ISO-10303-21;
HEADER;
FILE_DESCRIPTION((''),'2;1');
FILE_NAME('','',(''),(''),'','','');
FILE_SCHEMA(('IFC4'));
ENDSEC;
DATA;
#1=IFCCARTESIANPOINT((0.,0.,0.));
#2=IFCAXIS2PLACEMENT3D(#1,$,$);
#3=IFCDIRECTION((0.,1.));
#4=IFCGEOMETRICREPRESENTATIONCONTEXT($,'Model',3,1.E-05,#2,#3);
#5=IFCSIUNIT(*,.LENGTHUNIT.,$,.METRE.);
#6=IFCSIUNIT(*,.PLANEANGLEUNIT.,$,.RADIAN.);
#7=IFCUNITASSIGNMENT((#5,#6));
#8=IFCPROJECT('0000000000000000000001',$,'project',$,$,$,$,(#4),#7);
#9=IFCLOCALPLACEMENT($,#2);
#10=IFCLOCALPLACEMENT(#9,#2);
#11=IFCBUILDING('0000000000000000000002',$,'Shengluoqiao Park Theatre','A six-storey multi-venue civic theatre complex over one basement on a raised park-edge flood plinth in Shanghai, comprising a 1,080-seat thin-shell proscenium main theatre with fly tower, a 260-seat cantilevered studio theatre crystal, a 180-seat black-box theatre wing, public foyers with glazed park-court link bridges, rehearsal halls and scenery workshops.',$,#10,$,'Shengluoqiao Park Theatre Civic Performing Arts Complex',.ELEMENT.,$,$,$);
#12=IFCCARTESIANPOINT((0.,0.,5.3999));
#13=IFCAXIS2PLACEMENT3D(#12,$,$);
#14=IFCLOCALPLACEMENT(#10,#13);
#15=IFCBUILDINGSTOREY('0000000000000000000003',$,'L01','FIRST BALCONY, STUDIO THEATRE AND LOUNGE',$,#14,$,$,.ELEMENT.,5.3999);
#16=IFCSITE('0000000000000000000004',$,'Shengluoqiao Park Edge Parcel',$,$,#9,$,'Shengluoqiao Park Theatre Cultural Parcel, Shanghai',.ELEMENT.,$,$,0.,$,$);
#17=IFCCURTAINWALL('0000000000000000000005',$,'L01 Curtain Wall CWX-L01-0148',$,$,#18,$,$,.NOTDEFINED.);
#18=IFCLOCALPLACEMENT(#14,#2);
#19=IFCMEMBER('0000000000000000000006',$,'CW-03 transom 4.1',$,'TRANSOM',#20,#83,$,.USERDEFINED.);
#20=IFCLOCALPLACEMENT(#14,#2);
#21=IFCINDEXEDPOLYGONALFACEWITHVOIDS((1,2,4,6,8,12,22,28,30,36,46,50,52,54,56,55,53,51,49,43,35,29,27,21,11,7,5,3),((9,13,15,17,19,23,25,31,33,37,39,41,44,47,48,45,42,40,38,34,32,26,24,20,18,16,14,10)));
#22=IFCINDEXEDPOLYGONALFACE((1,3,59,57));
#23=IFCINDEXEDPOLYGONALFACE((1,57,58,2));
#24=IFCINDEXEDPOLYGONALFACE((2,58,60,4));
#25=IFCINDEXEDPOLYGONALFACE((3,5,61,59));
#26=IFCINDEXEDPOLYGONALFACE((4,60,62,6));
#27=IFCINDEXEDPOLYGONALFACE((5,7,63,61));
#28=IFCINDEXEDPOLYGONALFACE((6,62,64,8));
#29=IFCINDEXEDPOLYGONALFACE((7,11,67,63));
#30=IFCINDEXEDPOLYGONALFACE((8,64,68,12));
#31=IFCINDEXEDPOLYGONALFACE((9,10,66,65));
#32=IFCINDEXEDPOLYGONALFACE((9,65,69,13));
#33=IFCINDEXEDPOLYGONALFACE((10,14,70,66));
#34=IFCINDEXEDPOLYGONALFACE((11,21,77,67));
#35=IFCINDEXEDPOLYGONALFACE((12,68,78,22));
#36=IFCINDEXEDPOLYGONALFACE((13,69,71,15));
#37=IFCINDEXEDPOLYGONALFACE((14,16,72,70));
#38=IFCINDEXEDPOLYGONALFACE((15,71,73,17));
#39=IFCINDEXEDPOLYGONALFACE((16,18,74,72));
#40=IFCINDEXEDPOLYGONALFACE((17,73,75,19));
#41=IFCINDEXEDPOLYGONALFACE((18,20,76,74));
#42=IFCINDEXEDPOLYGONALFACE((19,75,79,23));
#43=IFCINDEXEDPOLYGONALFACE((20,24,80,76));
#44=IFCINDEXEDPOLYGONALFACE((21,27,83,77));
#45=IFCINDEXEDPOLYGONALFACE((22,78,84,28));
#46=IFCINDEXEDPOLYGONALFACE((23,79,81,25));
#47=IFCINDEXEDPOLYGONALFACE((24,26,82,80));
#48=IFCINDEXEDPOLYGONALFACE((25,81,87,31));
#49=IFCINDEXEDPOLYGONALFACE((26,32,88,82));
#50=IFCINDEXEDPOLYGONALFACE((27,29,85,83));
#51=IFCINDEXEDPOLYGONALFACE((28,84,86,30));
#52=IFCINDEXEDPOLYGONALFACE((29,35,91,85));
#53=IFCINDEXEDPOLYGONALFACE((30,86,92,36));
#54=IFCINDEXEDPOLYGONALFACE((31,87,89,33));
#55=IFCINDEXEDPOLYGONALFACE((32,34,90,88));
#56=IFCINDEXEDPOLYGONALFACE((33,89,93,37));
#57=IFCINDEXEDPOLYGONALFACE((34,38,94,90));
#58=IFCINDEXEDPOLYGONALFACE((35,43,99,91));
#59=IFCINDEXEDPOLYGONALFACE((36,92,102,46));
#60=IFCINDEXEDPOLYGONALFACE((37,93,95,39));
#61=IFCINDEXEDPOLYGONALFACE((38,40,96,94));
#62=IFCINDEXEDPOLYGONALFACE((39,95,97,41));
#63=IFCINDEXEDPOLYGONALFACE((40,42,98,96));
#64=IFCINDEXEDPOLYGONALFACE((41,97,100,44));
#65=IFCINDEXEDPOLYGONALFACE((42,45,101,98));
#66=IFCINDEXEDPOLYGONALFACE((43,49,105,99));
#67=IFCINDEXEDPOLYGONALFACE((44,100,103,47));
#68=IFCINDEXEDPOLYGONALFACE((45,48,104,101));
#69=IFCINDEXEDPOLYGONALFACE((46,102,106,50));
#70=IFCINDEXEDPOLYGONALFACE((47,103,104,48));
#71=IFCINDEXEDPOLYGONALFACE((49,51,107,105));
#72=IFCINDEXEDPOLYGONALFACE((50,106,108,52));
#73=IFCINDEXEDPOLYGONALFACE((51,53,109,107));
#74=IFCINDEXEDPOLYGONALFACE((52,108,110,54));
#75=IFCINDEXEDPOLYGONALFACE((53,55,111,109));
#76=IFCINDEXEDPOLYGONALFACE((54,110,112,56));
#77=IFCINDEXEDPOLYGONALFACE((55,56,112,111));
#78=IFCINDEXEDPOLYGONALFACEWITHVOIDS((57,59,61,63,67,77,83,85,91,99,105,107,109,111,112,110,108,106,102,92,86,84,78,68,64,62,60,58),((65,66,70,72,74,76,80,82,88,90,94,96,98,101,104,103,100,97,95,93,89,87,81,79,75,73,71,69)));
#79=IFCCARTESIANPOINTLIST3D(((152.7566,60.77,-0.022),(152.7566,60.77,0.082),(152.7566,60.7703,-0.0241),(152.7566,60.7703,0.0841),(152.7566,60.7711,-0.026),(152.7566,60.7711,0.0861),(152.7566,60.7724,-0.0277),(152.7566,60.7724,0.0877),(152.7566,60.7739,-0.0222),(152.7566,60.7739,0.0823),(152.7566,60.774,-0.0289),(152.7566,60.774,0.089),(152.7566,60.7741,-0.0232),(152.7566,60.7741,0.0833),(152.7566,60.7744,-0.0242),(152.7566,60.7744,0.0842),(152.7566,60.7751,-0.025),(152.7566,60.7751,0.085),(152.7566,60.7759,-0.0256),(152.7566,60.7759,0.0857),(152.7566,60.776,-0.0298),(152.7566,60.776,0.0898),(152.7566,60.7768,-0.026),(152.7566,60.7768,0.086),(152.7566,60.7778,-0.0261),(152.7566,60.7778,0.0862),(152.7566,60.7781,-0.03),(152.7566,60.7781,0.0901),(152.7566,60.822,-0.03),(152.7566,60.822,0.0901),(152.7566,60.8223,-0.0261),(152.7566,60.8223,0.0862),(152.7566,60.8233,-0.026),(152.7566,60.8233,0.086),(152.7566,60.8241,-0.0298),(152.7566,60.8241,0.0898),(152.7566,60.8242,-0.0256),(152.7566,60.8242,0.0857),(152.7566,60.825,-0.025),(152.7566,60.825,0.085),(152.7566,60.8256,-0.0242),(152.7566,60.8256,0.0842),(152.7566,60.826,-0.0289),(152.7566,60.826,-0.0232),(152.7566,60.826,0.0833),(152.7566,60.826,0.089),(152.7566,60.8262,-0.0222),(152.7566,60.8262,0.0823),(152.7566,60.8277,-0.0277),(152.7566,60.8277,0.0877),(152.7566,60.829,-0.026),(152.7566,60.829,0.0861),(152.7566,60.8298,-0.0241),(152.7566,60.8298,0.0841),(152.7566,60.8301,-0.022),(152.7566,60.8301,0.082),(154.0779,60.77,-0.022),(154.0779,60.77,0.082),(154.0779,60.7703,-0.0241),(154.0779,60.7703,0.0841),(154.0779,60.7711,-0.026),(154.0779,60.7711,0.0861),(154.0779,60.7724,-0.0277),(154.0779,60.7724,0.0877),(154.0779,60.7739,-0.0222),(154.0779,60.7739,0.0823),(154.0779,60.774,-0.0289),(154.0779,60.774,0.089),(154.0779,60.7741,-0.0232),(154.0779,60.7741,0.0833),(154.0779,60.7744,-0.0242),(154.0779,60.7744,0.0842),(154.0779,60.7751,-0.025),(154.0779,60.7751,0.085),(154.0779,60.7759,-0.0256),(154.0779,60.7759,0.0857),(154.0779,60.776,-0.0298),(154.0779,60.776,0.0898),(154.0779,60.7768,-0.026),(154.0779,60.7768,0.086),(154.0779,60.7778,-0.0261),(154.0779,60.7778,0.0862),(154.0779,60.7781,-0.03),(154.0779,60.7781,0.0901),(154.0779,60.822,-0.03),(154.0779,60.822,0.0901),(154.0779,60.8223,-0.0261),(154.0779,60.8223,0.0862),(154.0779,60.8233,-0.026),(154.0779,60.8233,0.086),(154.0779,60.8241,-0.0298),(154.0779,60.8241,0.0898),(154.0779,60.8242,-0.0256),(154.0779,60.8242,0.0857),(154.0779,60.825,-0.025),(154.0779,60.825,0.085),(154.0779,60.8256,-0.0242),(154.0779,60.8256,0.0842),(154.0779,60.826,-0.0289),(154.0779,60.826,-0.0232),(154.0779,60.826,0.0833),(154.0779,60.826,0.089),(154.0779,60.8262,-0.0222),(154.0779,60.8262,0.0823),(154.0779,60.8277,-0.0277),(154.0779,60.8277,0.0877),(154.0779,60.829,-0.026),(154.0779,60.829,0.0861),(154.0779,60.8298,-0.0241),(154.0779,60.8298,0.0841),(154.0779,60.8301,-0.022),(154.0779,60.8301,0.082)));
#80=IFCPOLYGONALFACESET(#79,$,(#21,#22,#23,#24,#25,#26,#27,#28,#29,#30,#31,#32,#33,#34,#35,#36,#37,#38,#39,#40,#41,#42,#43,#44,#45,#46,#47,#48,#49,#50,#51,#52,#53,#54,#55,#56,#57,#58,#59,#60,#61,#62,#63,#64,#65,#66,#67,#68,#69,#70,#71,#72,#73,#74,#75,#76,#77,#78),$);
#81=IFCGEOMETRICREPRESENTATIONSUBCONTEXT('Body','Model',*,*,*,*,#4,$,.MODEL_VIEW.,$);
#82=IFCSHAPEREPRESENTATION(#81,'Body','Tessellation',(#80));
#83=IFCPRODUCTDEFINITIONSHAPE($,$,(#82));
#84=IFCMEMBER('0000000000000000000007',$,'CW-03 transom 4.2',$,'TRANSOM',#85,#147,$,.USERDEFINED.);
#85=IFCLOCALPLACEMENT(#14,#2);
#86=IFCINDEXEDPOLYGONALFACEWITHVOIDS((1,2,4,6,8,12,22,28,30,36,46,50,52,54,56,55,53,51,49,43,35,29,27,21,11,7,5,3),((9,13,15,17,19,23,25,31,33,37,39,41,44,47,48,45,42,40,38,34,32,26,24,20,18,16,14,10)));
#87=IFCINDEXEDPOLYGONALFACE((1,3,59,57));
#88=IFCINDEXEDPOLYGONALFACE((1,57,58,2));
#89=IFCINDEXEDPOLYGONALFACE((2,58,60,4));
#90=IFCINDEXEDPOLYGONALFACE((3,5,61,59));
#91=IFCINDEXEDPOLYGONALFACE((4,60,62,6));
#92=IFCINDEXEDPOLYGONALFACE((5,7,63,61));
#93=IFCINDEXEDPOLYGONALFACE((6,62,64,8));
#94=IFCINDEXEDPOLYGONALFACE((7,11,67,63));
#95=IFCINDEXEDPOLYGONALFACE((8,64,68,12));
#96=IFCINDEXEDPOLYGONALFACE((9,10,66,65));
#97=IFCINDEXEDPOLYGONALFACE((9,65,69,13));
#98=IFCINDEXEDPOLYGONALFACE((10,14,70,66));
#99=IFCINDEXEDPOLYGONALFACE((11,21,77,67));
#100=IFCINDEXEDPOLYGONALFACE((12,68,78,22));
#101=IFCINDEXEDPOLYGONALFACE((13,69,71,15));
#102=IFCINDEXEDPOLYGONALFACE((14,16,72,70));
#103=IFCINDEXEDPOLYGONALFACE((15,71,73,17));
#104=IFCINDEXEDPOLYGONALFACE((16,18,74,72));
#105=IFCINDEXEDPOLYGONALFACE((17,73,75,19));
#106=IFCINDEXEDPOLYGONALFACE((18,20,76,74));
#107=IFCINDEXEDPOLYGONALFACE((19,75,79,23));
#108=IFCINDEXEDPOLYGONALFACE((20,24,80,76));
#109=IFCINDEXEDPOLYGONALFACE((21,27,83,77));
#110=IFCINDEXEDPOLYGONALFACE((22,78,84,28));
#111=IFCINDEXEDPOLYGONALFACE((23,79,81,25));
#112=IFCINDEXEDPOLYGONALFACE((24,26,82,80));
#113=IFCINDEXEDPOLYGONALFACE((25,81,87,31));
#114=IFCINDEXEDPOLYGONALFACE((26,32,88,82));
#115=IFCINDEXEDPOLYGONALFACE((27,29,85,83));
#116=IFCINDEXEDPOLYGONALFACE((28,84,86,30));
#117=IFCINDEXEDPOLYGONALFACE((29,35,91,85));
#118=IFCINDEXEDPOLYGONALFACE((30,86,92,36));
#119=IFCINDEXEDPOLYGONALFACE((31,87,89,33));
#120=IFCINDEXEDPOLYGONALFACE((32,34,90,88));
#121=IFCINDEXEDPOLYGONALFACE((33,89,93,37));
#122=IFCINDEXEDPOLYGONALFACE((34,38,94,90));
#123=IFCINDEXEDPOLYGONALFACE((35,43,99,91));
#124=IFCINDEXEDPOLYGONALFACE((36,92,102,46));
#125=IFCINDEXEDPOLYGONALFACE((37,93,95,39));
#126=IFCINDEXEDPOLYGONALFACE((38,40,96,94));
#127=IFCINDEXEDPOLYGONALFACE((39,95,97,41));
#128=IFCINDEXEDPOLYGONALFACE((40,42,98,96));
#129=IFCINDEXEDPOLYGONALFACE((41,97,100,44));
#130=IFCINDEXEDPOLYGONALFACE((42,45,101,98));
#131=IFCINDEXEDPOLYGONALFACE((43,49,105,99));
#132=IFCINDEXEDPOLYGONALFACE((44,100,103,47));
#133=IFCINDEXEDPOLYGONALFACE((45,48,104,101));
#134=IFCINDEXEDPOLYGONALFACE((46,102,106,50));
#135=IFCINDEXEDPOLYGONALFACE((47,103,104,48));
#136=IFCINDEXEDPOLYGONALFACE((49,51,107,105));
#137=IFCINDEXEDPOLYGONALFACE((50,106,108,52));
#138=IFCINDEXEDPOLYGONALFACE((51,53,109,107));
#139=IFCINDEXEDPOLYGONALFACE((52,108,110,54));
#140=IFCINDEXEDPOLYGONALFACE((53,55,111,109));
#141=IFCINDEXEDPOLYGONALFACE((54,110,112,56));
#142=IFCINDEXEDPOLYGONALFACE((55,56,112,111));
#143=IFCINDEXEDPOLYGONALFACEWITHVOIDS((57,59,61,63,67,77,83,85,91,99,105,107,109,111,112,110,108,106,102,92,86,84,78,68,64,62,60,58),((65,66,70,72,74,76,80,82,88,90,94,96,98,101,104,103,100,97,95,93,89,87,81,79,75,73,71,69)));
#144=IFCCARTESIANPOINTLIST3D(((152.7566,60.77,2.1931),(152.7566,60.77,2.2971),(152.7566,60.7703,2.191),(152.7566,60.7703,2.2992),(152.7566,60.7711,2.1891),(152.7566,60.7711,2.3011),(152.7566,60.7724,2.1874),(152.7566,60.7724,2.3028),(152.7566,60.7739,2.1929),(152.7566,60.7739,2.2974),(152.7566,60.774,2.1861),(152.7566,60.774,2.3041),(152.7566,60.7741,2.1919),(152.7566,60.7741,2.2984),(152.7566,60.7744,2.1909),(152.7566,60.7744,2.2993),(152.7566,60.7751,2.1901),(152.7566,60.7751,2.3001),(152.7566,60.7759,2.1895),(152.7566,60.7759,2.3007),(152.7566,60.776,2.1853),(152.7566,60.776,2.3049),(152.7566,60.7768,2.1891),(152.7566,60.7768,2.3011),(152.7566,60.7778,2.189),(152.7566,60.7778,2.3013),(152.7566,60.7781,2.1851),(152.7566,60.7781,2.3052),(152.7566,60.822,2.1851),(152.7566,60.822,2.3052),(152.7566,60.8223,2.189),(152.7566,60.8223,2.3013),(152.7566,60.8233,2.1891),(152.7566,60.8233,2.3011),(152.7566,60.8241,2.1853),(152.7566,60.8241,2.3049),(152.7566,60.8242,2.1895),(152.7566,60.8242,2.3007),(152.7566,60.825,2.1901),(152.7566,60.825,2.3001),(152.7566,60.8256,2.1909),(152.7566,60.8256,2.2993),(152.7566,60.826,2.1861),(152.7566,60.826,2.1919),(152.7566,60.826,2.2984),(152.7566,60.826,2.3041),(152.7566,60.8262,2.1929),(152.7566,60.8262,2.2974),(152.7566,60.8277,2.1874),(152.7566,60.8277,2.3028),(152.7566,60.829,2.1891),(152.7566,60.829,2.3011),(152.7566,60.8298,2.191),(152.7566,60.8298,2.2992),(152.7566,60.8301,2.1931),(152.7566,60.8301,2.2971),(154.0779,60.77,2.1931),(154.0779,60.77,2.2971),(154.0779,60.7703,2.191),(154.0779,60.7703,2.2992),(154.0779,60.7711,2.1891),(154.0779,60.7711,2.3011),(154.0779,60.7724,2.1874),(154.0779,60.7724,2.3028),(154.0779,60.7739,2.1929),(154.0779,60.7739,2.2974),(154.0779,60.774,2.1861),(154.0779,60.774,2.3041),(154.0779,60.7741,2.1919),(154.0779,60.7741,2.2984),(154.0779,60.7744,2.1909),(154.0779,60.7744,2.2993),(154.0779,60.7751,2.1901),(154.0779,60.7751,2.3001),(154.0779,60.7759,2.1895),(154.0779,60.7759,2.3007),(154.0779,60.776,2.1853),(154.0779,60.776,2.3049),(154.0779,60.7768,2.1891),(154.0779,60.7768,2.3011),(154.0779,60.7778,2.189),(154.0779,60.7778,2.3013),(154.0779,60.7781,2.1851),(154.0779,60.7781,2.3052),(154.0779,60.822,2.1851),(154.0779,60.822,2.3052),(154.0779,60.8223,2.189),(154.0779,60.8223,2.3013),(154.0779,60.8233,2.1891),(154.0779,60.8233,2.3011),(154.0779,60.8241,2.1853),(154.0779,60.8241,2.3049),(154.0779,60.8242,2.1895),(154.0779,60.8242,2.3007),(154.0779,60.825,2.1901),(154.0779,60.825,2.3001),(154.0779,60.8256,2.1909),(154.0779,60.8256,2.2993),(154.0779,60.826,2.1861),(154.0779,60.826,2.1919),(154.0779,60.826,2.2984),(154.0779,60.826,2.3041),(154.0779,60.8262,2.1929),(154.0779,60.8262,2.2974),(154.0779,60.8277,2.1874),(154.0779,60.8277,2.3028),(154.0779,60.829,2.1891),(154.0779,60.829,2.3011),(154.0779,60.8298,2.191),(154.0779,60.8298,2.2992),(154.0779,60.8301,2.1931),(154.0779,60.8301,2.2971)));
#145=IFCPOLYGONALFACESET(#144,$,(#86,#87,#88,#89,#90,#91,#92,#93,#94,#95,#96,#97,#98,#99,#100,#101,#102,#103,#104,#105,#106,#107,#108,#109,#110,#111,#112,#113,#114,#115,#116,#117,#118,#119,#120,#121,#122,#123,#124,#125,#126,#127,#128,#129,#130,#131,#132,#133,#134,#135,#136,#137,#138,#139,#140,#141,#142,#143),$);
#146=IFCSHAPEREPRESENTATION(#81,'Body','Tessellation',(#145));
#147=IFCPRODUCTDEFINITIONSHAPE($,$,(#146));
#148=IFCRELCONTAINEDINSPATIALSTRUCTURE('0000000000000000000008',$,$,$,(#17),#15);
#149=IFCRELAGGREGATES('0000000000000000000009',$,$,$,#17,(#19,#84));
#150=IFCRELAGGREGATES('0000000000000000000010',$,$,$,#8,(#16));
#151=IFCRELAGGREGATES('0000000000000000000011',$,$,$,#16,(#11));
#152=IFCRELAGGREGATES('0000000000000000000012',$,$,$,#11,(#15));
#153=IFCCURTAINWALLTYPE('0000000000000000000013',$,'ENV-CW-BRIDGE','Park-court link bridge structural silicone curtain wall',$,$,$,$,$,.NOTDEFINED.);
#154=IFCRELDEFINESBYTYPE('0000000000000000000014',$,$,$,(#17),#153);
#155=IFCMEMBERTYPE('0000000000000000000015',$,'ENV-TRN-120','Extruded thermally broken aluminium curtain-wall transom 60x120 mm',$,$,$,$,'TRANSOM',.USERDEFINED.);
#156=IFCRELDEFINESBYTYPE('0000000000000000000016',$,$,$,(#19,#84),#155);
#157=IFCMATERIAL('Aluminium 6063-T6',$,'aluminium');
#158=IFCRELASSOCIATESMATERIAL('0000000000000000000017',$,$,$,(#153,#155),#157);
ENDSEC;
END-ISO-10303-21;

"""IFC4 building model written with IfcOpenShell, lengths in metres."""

from ifc_helpers import new_model, si_unit, direction, frame, origin, origin_2d, place, context, subcontext, project, spatial, hollow_rectangle, extrude, material, material_profile, profile_set, type_object, element, aggregate, save


model = new_model("IFC4")

# Units and contexts
model_context = context("Model", 3, precision=1e-05, world=origin(), true_north=direction((0.0, 1.0)))
body_context = subcontext(model_context, "Body", "Model", "MODEL_VIEW")
ifc_project = project(units=[si_unit("LENGTHUNIT", "METRE"), si_unit("PLANEANGLEUNIT", "RADIAN")], contexts=[model_context])

# Site, building, storey
site_placement = place(None, origin())
site = spatial("IfcSite", under=ifc_project, at=site_placement, Name="Shengluoqiao Park Edge Parcel", LongName="Shengluoqiao Park Theatre Cultural Parcel, Shanghai", CompositionType="ELEMENT", RefElevation=0.0)
building_placement = place(site_placement, origin())
building = spatial("IfcBuilding", under=site, at=building_placement, Name="Shengluoqiao Park Theatre", Description="A six-storey multi-venue civic theatre complex over one basement on a raised park-edge flood plinth in Shanghai, comprising a 1,080-seat thin-shell proscenium main theatre with fly tower, a 260-seat cantilevered studio theatre crystal, a 180-seat black-box theatre wing, public foyers with glazed park-court link bridges, rehearsal halls and scenery workshops.", LongName="Shengluoqiao Park Theatre Civic Performing Arts Complex", CompositionType="ELEMENT")
storey_placement = place(building_placement, frame((0.0, 0.0, 5.3999)))
storey = spatial("IfcBuildingStorey", under=building, at=storey_placement, Name="L01", Description="FIRST BALCONY, STUDIO THEATRE AND LOUNGE", CompositionType="ELEMENT", Elevation=5.3999)

# Curtain wall, members
ifc_material_1 = material(Name="Aluminium 6063-T6", Category="aluminium")
curtain_wall_type = type_object("IfcCurtainWallType", Name="ENV-CW-BRIDGE", Description="Park-court link bridge structural silicone curtain wall", PredefinedType="NOTDEFINED", material=ifc_material_1)
curtain_wall_placement = place(storey_placement, origin())
curtain_wall = element("IfcCurtainWall", 1, at=curtain_wall_placement, inside=storey, type_object=curtain_wall_type, Name="L01 Curtain Wall CWX-L01-0148", PredefinedType="NOTDEFINED")
ifc_material_profile_1 = material_profile(ifc_material_1, hollow_rectangle(XDim=0.0601, YDim=0.1201, WallThickness=0.0039, InnerFilletRadius=0.0039, OuterFilletRadius=0.0081, at=origin_2d()), Name="ALU TRANSOM 120x60x4")
ifc_profile_set_1 = profile_set([ifc_material_profile_1], Name="Aluminium 6063-T6")
member_type_1 = type_object("IfcMemberType", Name="ENV-TRN-120", Description="Extruded thermally broken aluminium curtain-wall transom 60x120 mm", ElementType="TRANSOM", PredefinedType="USERDEFINED", material=ifc_profile_set_1)
member_1_placement = place(storey_placement, frame((152.7566, 60.8, 0.03), z_axis=(1.0, 0.0, 0.0), x_axis=(0.0, 1.0, 0.0)))
member_1 = element("IfcMember", 2, at=member_1_placement, type_object=member_type_1, Name="CW-03 transom 4.1", ObjectType="TRANSOM", PredefinedType="USERDEFINED", context=body_context, shape_type="SweptSolid", body=[
    extrude(hollow_rectangle(XDim=0.0601, YDim=0.1201, WallThickness=0.0039, InnerFilletRadius=0.0039, OuterFilletRadius=0.0081, at=origin_2d()), origin(), (0.0, 0.0, 1.0), 1.3213),
])
member_2_placement = place(storey_placement, frame((152.7566, 60.8, 2.2451), z_axis=(1.0, 0.0, 0.0), x_axis=(0.0, 1.0, 0.0)))
member_2 = element("IfcMember", 3, at=member_2_placement, type_object=member_type_1, Name="CW-03 transom 4.2", ObjectType="TRANSOM", PredefinedType="USERDEFINED", context=body_context, shape_type="SweptSolid", body=[
    extrude(hollow_rectangle(XDim=0.0601, YDim=0.1201, WallThickness=0.0039, InnerFilletRadius=0.0039, OuterFilletRadius=0.0081, at=origin_2d()), origin(), (0.0, 0.0, 1.0), 1.3213),
])

aggregate(curtain_wall, [member_1, member_2])

save(model, "model.ifc")
